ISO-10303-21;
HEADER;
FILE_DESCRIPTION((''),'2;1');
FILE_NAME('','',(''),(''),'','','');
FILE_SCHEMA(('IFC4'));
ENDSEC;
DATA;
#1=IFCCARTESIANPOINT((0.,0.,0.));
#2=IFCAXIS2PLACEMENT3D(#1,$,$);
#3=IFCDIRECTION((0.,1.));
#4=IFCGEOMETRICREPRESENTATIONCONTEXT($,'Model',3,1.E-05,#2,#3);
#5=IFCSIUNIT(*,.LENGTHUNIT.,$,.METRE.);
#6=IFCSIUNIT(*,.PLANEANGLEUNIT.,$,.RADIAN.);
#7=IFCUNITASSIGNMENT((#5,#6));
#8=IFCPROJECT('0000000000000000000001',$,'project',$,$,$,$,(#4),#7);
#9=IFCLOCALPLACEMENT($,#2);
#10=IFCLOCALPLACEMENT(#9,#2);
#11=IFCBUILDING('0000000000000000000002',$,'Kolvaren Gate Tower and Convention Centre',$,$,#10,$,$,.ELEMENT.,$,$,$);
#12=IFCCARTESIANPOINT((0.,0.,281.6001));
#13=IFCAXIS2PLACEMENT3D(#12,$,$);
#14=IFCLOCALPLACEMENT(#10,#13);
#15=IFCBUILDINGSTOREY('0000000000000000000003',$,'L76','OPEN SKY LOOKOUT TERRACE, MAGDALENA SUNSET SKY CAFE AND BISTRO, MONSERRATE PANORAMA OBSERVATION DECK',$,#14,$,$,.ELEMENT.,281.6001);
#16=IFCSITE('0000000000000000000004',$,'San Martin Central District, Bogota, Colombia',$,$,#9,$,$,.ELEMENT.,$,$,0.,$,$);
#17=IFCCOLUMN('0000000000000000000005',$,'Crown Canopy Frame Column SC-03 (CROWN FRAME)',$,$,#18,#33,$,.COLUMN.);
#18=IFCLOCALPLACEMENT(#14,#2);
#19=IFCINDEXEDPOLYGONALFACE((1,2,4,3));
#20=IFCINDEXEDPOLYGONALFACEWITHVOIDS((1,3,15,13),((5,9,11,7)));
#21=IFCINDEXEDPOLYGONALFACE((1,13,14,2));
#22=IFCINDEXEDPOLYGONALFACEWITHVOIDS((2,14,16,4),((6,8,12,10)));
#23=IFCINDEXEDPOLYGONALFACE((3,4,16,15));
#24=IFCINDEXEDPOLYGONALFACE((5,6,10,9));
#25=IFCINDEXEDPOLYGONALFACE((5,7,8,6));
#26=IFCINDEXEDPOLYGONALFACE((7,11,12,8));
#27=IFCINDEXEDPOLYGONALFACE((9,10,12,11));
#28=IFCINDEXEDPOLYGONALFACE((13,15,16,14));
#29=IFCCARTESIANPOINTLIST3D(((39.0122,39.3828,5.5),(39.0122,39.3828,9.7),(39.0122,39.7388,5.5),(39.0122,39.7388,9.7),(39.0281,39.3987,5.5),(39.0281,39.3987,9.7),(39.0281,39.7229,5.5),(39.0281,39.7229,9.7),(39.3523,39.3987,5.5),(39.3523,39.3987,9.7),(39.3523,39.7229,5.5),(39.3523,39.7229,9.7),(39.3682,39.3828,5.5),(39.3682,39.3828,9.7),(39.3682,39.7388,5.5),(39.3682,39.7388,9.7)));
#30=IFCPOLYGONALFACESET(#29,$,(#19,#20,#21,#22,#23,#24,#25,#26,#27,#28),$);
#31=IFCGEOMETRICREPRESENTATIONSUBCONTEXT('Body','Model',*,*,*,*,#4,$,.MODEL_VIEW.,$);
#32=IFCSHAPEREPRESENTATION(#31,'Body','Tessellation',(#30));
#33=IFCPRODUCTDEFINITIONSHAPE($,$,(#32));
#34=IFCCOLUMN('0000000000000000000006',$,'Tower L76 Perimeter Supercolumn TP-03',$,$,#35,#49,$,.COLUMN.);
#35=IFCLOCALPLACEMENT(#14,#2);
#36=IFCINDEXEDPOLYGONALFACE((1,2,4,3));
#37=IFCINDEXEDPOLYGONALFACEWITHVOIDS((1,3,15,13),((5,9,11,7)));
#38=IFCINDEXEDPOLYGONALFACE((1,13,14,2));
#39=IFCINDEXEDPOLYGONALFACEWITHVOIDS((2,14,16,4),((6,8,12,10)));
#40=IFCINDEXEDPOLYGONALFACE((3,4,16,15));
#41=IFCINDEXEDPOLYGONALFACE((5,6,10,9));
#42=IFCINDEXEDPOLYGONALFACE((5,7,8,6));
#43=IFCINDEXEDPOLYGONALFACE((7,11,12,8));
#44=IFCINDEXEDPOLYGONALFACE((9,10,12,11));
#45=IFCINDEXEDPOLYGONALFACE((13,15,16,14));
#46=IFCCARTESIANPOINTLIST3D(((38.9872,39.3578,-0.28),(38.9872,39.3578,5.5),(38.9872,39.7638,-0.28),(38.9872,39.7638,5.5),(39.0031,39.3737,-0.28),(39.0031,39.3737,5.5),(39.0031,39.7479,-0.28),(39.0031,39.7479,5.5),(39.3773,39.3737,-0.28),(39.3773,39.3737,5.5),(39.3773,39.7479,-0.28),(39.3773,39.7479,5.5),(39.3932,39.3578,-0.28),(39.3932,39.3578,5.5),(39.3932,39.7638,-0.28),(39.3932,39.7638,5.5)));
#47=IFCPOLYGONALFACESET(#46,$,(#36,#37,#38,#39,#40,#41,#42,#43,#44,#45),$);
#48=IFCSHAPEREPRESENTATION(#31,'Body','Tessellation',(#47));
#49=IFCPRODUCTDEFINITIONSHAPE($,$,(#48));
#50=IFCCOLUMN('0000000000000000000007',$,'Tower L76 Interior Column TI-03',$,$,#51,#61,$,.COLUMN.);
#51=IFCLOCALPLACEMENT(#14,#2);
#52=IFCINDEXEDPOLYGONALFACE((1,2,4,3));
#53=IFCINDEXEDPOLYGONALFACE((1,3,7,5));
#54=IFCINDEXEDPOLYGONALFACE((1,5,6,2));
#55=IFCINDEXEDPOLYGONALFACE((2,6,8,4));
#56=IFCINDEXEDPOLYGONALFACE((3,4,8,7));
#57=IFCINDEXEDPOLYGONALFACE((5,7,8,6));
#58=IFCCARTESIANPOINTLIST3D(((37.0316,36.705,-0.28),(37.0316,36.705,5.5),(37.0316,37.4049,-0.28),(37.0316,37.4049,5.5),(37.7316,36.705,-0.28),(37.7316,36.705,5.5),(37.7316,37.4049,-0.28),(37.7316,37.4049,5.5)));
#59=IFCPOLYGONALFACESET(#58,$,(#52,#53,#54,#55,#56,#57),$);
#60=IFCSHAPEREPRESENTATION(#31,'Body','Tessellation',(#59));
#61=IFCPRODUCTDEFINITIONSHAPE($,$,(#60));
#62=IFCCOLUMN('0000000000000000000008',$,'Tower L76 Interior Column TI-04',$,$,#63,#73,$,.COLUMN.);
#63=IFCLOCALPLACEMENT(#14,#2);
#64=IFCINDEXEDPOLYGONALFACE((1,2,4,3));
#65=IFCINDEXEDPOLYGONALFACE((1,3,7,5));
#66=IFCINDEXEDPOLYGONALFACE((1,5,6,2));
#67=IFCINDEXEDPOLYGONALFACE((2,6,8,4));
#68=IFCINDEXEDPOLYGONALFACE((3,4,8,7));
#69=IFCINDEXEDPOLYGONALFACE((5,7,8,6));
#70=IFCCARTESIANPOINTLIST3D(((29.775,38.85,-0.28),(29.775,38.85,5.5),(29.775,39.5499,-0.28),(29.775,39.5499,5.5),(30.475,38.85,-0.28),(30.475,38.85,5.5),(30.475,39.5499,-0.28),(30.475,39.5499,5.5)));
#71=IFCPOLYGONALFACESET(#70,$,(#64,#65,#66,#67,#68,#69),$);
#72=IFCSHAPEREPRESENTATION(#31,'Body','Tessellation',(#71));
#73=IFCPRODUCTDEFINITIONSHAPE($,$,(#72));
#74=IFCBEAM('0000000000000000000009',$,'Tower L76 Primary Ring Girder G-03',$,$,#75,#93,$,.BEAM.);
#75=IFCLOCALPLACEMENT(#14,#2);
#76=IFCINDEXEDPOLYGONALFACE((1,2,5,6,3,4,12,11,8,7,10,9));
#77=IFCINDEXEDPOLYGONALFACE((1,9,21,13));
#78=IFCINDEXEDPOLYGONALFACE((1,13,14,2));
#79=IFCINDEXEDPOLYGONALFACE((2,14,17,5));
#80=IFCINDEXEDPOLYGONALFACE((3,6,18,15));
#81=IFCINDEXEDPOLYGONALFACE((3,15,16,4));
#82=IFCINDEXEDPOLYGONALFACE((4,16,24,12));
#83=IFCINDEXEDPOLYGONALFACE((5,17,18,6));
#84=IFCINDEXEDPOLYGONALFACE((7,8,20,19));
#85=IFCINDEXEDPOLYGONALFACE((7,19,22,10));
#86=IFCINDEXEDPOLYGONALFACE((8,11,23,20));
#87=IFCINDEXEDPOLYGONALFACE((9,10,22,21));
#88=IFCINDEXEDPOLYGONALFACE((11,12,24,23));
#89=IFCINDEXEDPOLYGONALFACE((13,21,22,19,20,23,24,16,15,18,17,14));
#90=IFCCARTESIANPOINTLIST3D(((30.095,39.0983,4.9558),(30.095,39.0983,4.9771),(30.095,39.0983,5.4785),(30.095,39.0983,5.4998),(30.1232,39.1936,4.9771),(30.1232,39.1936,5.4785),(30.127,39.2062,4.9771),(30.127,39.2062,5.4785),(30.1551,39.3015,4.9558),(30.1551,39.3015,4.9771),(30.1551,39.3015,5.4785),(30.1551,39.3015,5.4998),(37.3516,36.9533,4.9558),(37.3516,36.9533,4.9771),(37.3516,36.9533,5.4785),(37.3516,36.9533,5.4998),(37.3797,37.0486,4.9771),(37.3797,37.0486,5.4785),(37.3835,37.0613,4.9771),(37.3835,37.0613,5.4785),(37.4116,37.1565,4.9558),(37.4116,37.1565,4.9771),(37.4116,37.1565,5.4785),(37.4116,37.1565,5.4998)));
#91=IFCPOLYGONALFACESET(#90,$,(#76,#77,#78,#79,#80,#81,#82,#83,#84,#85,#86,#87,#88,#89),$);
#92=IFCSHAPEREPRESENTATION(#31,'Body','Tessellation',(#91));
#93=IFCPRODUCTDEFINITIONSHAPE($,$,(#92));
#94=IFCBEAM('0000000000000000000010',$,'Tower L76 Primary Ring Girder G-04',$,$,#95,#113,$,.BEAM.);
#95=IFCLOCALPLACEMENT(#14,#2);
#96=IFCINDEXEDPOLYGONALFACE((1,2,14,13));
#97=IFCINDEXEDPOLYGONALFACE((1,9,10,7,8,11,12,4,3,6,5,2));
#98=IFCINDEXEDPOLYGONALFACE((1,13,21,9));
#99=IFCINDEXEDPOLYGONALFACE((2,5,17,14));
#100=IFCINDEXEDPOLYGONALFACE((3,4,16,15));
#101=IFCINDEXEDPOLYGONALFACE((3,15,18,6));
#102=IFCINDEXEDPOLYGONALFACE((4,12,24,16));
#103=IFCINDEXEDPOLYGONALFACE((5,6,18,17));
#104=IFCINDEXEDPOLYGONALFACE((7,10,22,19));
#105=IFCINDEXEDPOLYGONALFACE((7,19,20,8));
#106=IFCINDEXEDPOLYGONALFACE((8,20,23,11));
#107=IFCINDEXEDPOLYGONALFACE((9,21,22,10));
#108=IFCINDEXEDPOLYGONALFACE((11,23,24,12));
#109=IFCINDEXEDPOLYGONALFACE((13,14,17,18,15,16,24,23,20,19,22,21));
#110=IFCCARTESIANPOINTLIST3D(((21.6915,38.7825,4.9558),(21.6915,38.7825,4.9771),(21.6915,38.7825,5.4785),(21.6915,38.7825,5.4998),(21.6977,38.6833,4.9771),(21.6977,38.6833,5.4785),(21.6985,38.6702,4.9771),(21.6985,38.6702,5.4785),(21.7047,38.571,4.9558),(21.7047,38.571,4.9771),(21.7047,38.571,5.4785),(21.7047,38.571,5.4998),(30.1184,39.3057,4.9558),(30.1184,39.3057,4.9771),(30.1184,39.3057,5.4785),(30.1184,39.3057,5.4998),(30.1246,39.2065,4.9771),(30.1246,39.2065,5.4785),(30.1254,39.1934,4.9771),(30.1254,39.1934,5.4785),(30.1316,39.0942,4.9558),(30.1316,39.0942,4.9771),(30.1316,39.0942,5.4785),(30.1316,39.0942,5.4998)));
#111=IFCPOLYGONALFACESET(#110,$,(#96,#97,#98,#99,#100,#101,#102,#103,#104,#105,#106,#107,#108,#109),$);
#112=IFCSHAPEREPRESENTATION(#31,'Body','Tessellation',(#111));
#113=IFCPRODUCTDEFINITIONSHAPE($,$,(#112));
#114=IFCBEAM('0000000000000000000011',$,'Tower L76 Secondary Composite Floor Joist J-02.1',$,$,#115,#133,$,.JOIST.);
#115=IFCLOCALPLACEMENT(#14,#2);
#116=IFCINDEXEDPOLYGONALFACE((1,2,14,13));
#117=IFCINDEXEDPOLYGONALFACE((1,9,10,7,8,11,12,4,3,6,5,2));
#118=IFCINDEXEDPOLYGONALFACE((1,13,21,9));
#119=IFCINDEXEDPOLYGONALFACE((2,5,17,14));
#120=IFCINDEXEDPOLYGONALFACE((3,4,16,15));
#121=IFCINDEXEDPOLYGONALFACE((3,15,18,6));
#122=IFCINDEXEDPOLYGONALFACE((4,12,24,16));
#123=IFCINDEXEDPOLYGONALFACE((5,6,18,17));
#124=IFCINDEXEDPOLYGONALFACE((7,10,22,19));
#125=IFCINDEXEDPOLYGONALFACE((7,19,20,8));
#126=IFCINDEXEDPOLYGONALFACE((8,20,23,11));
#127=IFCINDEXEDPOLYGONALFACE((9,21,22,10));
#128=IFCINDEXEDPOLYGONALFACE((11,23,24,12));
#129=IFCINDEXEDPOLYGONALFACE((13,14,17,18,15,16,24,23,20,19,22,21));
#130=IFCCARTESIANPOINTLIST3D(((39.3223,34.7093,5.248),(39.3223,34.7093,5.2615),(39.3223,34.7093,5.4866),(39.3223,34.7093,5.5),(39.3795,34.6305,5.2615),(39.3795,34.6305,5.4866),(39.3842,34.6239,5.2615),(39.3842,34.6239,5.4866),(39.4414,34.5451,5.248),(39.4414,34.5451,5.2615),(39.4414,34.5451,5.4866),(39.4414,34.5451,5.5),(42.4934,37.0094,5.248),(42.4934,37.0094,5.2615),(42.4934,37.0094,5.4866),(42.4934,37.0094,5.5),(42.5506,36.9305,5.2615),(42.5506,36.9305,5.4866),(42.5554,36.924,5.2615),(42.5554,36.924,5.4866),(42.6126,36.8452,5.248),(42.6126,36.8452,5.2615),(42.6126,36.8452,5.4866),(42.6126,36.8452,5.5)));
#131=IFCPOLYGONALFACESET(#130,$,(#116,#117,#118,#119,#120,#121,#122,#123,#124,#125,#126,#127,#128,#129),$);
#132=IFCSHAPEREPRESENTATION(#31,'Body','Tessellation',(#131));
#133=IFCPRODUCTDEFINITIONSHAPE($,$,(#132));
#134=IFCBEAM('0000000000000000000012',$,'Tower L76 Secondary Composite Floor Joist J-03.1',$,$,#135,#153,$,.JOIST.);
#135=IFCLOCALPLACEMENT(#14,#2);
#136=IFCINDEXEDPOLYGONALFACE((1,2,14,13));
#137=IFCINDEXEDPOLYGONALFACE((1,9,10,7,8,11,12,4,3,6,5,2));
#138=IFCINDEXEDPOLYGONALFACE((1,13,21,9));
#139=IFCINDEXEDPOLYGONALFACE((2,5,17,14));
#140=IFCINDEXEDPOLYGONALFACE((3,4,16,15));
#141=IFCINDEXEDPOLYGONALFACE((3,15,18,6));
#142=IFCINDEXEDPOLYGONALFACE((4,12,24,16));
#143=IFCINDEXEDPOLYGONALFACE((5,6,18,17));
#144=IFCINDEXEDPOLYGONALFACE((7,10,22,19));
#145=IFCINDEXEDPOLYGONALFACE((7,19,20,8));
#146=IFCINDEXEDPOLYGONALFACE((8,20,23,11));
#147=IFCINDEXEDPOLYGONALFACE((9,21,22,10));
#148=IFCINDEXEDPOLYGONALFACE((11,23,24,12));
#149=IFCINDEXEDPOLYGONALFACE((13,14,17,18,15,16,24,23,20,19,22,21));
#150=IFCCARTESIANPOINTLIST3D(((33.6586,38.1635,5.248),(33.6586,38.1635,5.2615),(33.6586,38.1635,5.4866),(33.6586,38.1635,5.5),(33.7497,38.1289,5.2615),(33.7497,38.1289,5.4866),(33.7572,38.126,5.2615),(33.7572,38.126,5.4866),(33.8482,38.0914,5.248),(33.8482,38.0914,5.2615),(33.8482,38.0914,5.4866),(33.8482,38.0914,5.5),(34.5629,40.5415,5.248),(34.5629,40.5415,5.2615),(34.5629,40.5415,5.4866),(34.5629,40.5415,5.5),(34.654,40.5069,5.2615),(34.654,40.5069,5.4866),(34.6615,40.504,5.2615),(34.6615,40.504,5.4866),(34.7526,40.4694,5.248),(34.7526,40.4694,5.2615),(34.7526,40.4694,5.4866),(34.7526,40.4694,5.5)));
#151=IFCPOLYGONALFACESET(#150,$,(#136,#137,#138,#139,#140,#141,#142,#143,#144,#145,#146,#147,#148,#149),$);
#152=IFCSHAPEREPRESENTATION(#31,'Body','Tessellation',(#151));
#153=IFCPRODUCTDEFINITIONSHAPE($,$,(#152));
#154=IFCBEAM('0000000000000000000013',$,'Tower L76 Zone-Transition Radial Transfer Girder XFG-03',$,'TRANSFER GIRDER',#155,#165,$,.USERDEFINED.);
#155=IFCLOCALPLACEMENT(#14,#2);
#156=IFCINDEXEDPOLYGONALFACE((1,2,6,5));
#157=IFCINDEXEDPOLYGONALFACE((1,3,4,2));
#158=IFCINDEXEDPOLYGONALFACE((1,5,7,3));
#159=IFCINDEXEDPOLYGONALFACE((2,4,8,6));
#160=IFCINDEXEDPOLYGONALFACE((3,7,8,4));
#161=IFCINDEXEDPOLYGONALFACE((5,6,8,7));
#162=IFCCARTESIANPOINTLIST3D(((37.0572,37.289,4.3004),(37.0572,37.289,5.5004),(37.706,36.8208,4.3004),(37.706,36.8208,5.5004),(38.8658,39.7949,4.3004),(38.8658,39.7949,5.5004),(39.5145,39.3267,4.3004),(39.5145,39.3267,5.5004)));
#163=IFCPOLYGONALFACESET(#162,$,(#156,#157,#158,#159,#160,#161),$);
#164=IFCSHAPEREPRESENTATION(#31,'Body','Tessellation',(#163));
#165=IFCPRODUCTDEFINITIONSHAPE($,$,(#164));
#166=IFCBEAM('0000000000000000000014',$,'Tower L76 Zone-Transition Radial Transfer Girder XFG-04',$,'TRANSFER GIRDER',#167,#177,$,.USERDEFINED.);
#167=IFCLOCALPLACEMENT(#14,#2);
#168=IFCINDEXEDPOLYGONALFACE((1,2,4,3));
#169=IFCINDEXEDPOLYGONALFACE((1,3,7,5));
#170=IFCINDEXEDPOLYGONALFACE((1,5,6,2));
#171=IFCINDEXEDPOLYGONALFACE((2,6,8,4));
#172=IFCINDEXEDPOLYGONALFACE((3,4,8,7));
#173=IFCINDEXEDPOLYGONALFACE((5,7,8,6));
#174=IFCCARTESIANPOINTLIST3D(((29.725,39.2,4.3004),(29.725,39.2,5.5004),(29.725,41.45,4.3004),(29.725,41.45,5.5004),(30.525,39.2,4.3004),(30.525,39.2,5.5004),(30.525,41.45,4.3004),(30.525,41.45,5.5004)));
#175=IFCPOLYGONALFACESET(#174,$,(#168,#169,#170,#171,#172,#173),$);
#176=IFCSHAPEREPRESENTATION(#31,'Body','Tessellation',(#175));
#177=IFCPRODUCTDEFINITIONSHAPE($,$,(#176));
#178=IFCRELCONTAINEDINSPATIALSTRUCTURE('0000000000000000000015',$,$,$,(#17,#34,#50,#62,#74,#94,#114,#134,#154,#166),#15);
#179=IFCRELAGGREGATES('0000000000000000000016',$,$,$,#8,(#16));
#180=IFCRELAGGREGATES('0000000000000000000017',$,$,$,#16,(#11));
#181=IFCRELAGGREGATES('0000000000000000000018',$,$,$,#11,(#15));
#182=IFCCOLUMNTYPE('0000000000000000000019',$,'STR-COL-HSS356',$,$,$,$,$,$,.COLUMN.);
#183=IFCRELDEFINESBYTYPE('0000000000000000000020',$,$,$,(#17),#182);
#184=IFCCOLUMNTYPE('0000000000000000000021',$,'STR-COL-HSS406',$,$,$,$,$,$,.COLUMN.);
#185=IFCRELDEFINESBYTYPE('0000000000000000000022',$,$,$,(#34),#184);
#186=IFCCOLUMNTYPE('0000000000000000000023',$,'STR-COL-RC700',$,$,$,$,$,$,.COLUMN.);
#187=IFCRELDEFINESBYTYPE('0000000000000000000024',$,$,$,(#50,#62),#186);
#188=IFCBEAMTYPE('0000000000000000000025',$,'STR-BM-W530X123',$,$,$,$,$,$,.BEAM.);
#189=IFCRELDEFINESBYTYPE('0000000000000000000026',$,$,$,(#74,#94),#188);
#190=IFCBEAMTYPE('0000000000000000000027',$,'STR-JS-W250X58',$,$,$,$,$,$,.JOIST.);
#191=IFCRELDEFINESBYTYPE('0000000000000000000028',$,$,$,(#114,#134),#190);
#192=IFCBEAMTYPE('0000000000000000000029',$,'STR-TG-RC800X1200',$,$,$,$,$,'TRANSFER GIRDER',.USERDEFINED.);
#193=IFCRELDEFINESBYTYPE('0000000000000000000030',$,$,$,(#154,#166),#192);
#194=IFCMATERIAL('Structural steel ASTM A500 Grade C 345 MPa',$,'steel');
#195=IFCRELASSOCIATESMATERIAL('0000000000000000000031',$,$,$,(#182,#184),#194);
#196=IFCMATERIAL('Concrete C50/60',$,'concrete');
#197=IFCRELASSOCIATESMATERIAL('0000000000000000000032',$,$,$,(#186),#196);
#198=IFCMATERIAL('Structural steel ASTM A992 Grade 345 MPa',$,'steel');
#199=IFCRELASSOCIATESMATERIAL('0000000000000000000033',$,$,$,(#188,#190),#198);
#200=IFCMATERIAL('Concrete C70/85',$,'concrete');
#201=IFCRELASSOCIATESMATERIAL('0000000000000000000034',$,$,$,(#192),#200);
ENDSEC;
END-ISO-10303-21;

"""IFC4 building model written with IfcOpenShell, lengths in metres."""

from ifc_helpers import new_model, si_unit, direction, frame, origin, origin_2d, place, context, subcontext, project, spatial, rectangle, hollow_rectangle, i_section, extrude, material, material_profile, profile_set, type_object, element, save


model = new_model("IFC4")

# Units and contexts
model_context = context("Model", 3, precision=1e-05, world=origin(), true_north=direction((0.0, 1.0)))
body_context = subcontext(model_context, "Body", "Model", "MODEL_VIEW")
ifc_project = project(units=[si_unit("LENGTHUNIT", "METRE"), si_unit("PLANEANGLEUNIT", "RADIAN")], contexts=[model_context])

# Site, building, storey
site_placement = place(None, origin())
site = spatial("IfcSite", under=ifc_project, at=site_placement, Name="San Martin Central District, Bogota, Colombia", CompositionType="ELEMENT", RefElevation=0.0)
building_placement = place(site_placement, origin())
building = spatial("IfcBuilding", under=site, at=building_placement, Name="Kolvaren Gate Tower and Convention Centre", CompositionType="ELEMENT")
storey_placement = place(building_placement, frame((0.0, 0.0, 281.6001)))
storey = spatial("IfcBuildingStorey", under=building, at=storey_placement, Name="L76", Description="OPEN SKY LOOKOUT TERRACE, MAGDALENA SUNSET SKY CAFE AND BISTRO, MONSERRATE PANORAMA OBSERVATION DECK", CompositionType="ELEMENT", Elevation=281.6001)

# Columns
ifc_material_1 = material(Name="Structural steel ASTM A500 Grade C 345 MPa", Category="steel")
ifc_material_profile_1 = material_profile(ifc_material_1, hollow_rectangle(XDim=0.356, YDim=0.356, WallThickness=0.0159, at=origin_2d()), Name="HSS356X356X15.9")
ifc_profile_set_1 = profile_set([ifc_material_profile_1], Name="Structural steel ASTM A500 Grade C 345 MPa")
column_type_1 = type_object("IfcColumnType", Name="STR-COL-HSS356", PredefinedType="COLUMN", material=ifc_profile_set_1)
column_1_placement = place(storey_placement, frame((39.1902, 39.5608, 5.5), z_axis=(0.0, 0.0, 1.0), x_axis=(1.0, 0.0, 0.0)))
element("IfcColumn", 1, at=column_1_placement, inside=storey, type_object=column_type_1, Name="Crown Canopy Frame Column SC-03 (CROWN FRAME)", PredefinedType="COLUMN", context=body_context, shape_type="SweptSolid", body=[
    extrude(hollow_rectangle(XDim=0.356, YDim=0.356, WallThickness=0.0159, at=origin_2d()), origin(), (0.0, 0.0, 1.0), 4.2),
])
ifc_material_profile_2 = material_profile(ifc_material_1, hollow_rectangle(XDim=0.406, YDim=0.406, WallThickness=0.0159, at=origin_2d()), Name="HSS406X406X15.9")
ifc_profile_set_2 = profile_set([ifc_material_profile_2], Name="Structural steel ASTM A500 Grade C 345 MPa")
column_type_2 = type_object("IfcColumnType", Name="STR-COL-HSS406", PredefinedType="COLUMN", material=ifc_profile_set_2)
column_2_placement = place(storey_placement, frame((39.1902, 39.5608, -0.28), z_axis=(0.0, 0.0, 1.0), x_axis=(1.0, 0.0, 0.0)))
element("IfcColumn", 2, at=column_2_placement, inside=storey, type_object=column_type_2, Name="Tower L76 Perimeter Supercolumn TP-03", PredefinedType="COLUMN", context=body_context, shape_type="SweptSolid", body=[
    extrude(hollow_rectangle(XDim=0.406, YDim=0.406, WallThickness=0.0159, at=origin_2d()), origin(), (0.0, 0.0, 1.0), 5.78),
])
ifc_material_2 = material(Name="Concrete C50/60", Category="concrete")
ifc_material_profile_3 = material_profile(ifc_material_2, rectangle(XDim=0.7, YDim=0.7, at=origin_2d()), Name="RC-COL-700X700")
ifc_profile_set_3 = profile_set([ifc_material_profile_3], Name="Concrete C50/60")
column_type_3 = type_object("IfcColumnType", Name="STR-COL-RC700", PredefinedType="COLUMN", material=ifc_profile_set_3)
for number, where, z_axis, x_axis, name in (
    (3, (37.3816, 37.0549, -0.28), (0.0, 0.0, 1.0), (1.0, 0.0, 0.0), "Tower L76 Interior Column TI-03"),
    (4, (30.125, 39.2, -0.28), (0.0, 0.0, 1.0), (1.0, 0.0, 0.0), "Tower L76 Interior Column TI-04"),
):
    element("IfcColumn", number, at=place(storey_placement, frame(where, z_axis=z_axis, x_axis=x_axis)), inside=storey, type_object=column_type_3, Name=name, PredefinedType="COLUMN", context=body_context, shape_type="SweptSolid", body=[
        extrude(rectangle(XDim=0.7, YDim=0.7, at=origin_2d()), origin(), (0.0, 0.0, 1.0), 5.78),
    ])

# Beams
ifc_material_3 = material(Name="Structural steel ASTM A992 Grade 345 MPa", Category="steel")
ifc_material_profile_4 = material_profile(ifc_material_3, i_section(OverallWidth=0.2119, OverallDepth=0.5439, WebThickness=0.0132, FlangeThickness=0.0212, at=origin_2d()), Name="W530X123")
ifc_profile_set_4 = profile_set([ifc_material_profile_4], Name="Structural steel ASTM A992 Grade 345 MPa")
beam_type_1 = type_object("IfcBeamType", Name="STR-BM-W530X123", PredefinedType="BEAM", material=ifc_profile_set_4)
beam_1_placement = place(storey_placement, frame((37.3816, 37.0549, 5.2278), z_axis=(-0.958981, 0.283471, 0.0), x_axis=(-0.283471, -0.958981, 0.0)))
element("IfcBeam", 5, at=beam_1_placement, inside=storey, type_object=beam_type_1, Name="Tower L76 Primary Ring Girder G-03", PredefinedType="BEAM", context=body_context, shape_type="SweptSolid", body=[
    extrude(i_section(OverallWidth=0.2119, OverallDepth=0.5439, WebThickness=0.0132, FlangeThickness=0.0212, at=origin_2d()), origin(), (0.0, 0.0, 1.0), 7.5669),
])
beam_2_placement = place(storey_placement, frame((30.125, 39.2, 5.2278), z_axis=(-0.998078, -0.061966, 0.0), x_axis=(0.061966, -0.998078, 0.0)))
element("IfcBeam", 6, at=beam_2_placement, inside=storey, type_object=beam_type_1, Name="Tower L76 Primary Ring Girder G-04", PredefinedType="BEAM", context=body_context, shape_type="SweptSolid", body=[
    extrude(i_section(OverallWidth=0.2119, OverallDepth=0.5439, WebThickness=0.0132, FlangeThickness=0.0212, at=origin_2d()), origin(), (0.0, 0.0, 1.0), 8.4431),
])
ifc_material_profile_5 = material_profile(ifc_material_3, i_section(OverallWidth=0.2029, OverallDepth=0.252, WebThickness=0.0081, FlangeThickness=0.0134, at=origin_2d()), Name="W250X58")
ifc_profile_set_5 = profile_set([ifc_material_profile_5], Name="Structural steel ASTM A992 Grade 345 MPa")
beam_type_2 = type_object("IfcBeamType", Name="STR-JS-W250X58", PredefinedType="JOIST", material=ifc_profile_set_5)
beam_3_placement = place(storey_placement, frame((39.3818, 34.6272, 5.374), z_axis=(0.809493, 0.58713, 0.0), x_axis=(-0.58713, 0.809493, 0.0)))
element("IfcBeam", 7, at=beam_3_placement, inside=storey, type_object=beam_type_2, Name="Tower L76 Secondary Composite Floor Joist J-02.1", PredefinedType="JOIST", context=body_context, shape_type="SweptSolid", body=[
    extrude(i_section(OverallWidth=0.2029, OverallDepth=0.252, WebThickness=0.0081, FlangeThickness=0.0134, at=origin_2d()), origin(), (0.0, 0.0, 1.0), 3.9175),
])
beam_4_placement = place(storey_placement, frame((33.7534, 38.1274, 5.374), z_axis=(0.355453, 0.934694, 0.0), x_axis=(-0.934694, 0.355453, 0.0)))
element("IfcBeam", 8, at=beam_4_placement, inside=storey, type_object=beam_type_2, Name="Tower L76 Secondary Composite Floor Joist J-03.1", PredefinedType="JOIST", context=body_context, shape_type="SweptSolid", body=[
    extrude(i_section(OverallWidth=0.2029, OverallDepth=0.252, WebThickness=0.0081, FlangeThickness=0.0134, at=origin_2d()), origin(), (0.0, 0.0, 1.0), 2.5442),
])
ifc_material_4 = material(Name="Concrete C70/85", Category="concrete")
ifc_material_profile_6 = material_profile(ifc_material_4, rectangle(XDim=0.8, YDim=1.2, at=origin_2d()), Name="RC-BM-800X1200")
ifc_profile_set_6 = profile_set([ifc_material_profile_6], Name="Concrete C70/85")
beam_type_3 = type_object("IfcBeamType", Name="STR-TG-RC800X1200", ElementType="TRANSFER GIRDER", PredefinedType="USERDEFINED", material=ifc_profile_set_6)
beam_5_placement = place(storey_placement, frame((37.3816, 37.0549, 4.9004), z_axis=(0.585237, 0.810863, 0.0), x_axis=(-0.810863, 0.585237, 0.0)))
element("IfcBeam", 9, at=beam_5_placement, inside=storey, type_object=beam_type_3, Name="Tower L76 Zone-Transition Radial Transfer Girder XFG-03", ObjectType="TRANSFER GIRDER", PredefinedType="USERDEFINED", context=body_context, shape_type="SweptSolid", body=[
    extrude(rectangle(XDim=0.8, YDim=1.2, at=origin_2d()), origin(), (0.0, 0.0, 1.0), 3.0903),
])
beam_6_placement = place(storey_placement, frame((30.125, 39.2, 4.9004), z_axis=(0.0, 1.0, 0.0), x_axis=(-1.0, 0.0, 0.0)))
element("IfcBeam", 10, at=beam_6_placement, inside=storey, type_object=beam_type_3, Name="Tower L76 Zone-Transition Radial Transfer Girder XFG-04", ObjectType="TRANSFER GIRDER", PredefinedType="USERDEFINED", context=body_context, shape_type="SweptSolid", body=[
    extrude(rectangle(XDim=0.8, YDim=1.2, at=origin_2d()), origin(), (0.0, 0.0, 1.0), 2.25),
])

save(model, "model.ifc")
